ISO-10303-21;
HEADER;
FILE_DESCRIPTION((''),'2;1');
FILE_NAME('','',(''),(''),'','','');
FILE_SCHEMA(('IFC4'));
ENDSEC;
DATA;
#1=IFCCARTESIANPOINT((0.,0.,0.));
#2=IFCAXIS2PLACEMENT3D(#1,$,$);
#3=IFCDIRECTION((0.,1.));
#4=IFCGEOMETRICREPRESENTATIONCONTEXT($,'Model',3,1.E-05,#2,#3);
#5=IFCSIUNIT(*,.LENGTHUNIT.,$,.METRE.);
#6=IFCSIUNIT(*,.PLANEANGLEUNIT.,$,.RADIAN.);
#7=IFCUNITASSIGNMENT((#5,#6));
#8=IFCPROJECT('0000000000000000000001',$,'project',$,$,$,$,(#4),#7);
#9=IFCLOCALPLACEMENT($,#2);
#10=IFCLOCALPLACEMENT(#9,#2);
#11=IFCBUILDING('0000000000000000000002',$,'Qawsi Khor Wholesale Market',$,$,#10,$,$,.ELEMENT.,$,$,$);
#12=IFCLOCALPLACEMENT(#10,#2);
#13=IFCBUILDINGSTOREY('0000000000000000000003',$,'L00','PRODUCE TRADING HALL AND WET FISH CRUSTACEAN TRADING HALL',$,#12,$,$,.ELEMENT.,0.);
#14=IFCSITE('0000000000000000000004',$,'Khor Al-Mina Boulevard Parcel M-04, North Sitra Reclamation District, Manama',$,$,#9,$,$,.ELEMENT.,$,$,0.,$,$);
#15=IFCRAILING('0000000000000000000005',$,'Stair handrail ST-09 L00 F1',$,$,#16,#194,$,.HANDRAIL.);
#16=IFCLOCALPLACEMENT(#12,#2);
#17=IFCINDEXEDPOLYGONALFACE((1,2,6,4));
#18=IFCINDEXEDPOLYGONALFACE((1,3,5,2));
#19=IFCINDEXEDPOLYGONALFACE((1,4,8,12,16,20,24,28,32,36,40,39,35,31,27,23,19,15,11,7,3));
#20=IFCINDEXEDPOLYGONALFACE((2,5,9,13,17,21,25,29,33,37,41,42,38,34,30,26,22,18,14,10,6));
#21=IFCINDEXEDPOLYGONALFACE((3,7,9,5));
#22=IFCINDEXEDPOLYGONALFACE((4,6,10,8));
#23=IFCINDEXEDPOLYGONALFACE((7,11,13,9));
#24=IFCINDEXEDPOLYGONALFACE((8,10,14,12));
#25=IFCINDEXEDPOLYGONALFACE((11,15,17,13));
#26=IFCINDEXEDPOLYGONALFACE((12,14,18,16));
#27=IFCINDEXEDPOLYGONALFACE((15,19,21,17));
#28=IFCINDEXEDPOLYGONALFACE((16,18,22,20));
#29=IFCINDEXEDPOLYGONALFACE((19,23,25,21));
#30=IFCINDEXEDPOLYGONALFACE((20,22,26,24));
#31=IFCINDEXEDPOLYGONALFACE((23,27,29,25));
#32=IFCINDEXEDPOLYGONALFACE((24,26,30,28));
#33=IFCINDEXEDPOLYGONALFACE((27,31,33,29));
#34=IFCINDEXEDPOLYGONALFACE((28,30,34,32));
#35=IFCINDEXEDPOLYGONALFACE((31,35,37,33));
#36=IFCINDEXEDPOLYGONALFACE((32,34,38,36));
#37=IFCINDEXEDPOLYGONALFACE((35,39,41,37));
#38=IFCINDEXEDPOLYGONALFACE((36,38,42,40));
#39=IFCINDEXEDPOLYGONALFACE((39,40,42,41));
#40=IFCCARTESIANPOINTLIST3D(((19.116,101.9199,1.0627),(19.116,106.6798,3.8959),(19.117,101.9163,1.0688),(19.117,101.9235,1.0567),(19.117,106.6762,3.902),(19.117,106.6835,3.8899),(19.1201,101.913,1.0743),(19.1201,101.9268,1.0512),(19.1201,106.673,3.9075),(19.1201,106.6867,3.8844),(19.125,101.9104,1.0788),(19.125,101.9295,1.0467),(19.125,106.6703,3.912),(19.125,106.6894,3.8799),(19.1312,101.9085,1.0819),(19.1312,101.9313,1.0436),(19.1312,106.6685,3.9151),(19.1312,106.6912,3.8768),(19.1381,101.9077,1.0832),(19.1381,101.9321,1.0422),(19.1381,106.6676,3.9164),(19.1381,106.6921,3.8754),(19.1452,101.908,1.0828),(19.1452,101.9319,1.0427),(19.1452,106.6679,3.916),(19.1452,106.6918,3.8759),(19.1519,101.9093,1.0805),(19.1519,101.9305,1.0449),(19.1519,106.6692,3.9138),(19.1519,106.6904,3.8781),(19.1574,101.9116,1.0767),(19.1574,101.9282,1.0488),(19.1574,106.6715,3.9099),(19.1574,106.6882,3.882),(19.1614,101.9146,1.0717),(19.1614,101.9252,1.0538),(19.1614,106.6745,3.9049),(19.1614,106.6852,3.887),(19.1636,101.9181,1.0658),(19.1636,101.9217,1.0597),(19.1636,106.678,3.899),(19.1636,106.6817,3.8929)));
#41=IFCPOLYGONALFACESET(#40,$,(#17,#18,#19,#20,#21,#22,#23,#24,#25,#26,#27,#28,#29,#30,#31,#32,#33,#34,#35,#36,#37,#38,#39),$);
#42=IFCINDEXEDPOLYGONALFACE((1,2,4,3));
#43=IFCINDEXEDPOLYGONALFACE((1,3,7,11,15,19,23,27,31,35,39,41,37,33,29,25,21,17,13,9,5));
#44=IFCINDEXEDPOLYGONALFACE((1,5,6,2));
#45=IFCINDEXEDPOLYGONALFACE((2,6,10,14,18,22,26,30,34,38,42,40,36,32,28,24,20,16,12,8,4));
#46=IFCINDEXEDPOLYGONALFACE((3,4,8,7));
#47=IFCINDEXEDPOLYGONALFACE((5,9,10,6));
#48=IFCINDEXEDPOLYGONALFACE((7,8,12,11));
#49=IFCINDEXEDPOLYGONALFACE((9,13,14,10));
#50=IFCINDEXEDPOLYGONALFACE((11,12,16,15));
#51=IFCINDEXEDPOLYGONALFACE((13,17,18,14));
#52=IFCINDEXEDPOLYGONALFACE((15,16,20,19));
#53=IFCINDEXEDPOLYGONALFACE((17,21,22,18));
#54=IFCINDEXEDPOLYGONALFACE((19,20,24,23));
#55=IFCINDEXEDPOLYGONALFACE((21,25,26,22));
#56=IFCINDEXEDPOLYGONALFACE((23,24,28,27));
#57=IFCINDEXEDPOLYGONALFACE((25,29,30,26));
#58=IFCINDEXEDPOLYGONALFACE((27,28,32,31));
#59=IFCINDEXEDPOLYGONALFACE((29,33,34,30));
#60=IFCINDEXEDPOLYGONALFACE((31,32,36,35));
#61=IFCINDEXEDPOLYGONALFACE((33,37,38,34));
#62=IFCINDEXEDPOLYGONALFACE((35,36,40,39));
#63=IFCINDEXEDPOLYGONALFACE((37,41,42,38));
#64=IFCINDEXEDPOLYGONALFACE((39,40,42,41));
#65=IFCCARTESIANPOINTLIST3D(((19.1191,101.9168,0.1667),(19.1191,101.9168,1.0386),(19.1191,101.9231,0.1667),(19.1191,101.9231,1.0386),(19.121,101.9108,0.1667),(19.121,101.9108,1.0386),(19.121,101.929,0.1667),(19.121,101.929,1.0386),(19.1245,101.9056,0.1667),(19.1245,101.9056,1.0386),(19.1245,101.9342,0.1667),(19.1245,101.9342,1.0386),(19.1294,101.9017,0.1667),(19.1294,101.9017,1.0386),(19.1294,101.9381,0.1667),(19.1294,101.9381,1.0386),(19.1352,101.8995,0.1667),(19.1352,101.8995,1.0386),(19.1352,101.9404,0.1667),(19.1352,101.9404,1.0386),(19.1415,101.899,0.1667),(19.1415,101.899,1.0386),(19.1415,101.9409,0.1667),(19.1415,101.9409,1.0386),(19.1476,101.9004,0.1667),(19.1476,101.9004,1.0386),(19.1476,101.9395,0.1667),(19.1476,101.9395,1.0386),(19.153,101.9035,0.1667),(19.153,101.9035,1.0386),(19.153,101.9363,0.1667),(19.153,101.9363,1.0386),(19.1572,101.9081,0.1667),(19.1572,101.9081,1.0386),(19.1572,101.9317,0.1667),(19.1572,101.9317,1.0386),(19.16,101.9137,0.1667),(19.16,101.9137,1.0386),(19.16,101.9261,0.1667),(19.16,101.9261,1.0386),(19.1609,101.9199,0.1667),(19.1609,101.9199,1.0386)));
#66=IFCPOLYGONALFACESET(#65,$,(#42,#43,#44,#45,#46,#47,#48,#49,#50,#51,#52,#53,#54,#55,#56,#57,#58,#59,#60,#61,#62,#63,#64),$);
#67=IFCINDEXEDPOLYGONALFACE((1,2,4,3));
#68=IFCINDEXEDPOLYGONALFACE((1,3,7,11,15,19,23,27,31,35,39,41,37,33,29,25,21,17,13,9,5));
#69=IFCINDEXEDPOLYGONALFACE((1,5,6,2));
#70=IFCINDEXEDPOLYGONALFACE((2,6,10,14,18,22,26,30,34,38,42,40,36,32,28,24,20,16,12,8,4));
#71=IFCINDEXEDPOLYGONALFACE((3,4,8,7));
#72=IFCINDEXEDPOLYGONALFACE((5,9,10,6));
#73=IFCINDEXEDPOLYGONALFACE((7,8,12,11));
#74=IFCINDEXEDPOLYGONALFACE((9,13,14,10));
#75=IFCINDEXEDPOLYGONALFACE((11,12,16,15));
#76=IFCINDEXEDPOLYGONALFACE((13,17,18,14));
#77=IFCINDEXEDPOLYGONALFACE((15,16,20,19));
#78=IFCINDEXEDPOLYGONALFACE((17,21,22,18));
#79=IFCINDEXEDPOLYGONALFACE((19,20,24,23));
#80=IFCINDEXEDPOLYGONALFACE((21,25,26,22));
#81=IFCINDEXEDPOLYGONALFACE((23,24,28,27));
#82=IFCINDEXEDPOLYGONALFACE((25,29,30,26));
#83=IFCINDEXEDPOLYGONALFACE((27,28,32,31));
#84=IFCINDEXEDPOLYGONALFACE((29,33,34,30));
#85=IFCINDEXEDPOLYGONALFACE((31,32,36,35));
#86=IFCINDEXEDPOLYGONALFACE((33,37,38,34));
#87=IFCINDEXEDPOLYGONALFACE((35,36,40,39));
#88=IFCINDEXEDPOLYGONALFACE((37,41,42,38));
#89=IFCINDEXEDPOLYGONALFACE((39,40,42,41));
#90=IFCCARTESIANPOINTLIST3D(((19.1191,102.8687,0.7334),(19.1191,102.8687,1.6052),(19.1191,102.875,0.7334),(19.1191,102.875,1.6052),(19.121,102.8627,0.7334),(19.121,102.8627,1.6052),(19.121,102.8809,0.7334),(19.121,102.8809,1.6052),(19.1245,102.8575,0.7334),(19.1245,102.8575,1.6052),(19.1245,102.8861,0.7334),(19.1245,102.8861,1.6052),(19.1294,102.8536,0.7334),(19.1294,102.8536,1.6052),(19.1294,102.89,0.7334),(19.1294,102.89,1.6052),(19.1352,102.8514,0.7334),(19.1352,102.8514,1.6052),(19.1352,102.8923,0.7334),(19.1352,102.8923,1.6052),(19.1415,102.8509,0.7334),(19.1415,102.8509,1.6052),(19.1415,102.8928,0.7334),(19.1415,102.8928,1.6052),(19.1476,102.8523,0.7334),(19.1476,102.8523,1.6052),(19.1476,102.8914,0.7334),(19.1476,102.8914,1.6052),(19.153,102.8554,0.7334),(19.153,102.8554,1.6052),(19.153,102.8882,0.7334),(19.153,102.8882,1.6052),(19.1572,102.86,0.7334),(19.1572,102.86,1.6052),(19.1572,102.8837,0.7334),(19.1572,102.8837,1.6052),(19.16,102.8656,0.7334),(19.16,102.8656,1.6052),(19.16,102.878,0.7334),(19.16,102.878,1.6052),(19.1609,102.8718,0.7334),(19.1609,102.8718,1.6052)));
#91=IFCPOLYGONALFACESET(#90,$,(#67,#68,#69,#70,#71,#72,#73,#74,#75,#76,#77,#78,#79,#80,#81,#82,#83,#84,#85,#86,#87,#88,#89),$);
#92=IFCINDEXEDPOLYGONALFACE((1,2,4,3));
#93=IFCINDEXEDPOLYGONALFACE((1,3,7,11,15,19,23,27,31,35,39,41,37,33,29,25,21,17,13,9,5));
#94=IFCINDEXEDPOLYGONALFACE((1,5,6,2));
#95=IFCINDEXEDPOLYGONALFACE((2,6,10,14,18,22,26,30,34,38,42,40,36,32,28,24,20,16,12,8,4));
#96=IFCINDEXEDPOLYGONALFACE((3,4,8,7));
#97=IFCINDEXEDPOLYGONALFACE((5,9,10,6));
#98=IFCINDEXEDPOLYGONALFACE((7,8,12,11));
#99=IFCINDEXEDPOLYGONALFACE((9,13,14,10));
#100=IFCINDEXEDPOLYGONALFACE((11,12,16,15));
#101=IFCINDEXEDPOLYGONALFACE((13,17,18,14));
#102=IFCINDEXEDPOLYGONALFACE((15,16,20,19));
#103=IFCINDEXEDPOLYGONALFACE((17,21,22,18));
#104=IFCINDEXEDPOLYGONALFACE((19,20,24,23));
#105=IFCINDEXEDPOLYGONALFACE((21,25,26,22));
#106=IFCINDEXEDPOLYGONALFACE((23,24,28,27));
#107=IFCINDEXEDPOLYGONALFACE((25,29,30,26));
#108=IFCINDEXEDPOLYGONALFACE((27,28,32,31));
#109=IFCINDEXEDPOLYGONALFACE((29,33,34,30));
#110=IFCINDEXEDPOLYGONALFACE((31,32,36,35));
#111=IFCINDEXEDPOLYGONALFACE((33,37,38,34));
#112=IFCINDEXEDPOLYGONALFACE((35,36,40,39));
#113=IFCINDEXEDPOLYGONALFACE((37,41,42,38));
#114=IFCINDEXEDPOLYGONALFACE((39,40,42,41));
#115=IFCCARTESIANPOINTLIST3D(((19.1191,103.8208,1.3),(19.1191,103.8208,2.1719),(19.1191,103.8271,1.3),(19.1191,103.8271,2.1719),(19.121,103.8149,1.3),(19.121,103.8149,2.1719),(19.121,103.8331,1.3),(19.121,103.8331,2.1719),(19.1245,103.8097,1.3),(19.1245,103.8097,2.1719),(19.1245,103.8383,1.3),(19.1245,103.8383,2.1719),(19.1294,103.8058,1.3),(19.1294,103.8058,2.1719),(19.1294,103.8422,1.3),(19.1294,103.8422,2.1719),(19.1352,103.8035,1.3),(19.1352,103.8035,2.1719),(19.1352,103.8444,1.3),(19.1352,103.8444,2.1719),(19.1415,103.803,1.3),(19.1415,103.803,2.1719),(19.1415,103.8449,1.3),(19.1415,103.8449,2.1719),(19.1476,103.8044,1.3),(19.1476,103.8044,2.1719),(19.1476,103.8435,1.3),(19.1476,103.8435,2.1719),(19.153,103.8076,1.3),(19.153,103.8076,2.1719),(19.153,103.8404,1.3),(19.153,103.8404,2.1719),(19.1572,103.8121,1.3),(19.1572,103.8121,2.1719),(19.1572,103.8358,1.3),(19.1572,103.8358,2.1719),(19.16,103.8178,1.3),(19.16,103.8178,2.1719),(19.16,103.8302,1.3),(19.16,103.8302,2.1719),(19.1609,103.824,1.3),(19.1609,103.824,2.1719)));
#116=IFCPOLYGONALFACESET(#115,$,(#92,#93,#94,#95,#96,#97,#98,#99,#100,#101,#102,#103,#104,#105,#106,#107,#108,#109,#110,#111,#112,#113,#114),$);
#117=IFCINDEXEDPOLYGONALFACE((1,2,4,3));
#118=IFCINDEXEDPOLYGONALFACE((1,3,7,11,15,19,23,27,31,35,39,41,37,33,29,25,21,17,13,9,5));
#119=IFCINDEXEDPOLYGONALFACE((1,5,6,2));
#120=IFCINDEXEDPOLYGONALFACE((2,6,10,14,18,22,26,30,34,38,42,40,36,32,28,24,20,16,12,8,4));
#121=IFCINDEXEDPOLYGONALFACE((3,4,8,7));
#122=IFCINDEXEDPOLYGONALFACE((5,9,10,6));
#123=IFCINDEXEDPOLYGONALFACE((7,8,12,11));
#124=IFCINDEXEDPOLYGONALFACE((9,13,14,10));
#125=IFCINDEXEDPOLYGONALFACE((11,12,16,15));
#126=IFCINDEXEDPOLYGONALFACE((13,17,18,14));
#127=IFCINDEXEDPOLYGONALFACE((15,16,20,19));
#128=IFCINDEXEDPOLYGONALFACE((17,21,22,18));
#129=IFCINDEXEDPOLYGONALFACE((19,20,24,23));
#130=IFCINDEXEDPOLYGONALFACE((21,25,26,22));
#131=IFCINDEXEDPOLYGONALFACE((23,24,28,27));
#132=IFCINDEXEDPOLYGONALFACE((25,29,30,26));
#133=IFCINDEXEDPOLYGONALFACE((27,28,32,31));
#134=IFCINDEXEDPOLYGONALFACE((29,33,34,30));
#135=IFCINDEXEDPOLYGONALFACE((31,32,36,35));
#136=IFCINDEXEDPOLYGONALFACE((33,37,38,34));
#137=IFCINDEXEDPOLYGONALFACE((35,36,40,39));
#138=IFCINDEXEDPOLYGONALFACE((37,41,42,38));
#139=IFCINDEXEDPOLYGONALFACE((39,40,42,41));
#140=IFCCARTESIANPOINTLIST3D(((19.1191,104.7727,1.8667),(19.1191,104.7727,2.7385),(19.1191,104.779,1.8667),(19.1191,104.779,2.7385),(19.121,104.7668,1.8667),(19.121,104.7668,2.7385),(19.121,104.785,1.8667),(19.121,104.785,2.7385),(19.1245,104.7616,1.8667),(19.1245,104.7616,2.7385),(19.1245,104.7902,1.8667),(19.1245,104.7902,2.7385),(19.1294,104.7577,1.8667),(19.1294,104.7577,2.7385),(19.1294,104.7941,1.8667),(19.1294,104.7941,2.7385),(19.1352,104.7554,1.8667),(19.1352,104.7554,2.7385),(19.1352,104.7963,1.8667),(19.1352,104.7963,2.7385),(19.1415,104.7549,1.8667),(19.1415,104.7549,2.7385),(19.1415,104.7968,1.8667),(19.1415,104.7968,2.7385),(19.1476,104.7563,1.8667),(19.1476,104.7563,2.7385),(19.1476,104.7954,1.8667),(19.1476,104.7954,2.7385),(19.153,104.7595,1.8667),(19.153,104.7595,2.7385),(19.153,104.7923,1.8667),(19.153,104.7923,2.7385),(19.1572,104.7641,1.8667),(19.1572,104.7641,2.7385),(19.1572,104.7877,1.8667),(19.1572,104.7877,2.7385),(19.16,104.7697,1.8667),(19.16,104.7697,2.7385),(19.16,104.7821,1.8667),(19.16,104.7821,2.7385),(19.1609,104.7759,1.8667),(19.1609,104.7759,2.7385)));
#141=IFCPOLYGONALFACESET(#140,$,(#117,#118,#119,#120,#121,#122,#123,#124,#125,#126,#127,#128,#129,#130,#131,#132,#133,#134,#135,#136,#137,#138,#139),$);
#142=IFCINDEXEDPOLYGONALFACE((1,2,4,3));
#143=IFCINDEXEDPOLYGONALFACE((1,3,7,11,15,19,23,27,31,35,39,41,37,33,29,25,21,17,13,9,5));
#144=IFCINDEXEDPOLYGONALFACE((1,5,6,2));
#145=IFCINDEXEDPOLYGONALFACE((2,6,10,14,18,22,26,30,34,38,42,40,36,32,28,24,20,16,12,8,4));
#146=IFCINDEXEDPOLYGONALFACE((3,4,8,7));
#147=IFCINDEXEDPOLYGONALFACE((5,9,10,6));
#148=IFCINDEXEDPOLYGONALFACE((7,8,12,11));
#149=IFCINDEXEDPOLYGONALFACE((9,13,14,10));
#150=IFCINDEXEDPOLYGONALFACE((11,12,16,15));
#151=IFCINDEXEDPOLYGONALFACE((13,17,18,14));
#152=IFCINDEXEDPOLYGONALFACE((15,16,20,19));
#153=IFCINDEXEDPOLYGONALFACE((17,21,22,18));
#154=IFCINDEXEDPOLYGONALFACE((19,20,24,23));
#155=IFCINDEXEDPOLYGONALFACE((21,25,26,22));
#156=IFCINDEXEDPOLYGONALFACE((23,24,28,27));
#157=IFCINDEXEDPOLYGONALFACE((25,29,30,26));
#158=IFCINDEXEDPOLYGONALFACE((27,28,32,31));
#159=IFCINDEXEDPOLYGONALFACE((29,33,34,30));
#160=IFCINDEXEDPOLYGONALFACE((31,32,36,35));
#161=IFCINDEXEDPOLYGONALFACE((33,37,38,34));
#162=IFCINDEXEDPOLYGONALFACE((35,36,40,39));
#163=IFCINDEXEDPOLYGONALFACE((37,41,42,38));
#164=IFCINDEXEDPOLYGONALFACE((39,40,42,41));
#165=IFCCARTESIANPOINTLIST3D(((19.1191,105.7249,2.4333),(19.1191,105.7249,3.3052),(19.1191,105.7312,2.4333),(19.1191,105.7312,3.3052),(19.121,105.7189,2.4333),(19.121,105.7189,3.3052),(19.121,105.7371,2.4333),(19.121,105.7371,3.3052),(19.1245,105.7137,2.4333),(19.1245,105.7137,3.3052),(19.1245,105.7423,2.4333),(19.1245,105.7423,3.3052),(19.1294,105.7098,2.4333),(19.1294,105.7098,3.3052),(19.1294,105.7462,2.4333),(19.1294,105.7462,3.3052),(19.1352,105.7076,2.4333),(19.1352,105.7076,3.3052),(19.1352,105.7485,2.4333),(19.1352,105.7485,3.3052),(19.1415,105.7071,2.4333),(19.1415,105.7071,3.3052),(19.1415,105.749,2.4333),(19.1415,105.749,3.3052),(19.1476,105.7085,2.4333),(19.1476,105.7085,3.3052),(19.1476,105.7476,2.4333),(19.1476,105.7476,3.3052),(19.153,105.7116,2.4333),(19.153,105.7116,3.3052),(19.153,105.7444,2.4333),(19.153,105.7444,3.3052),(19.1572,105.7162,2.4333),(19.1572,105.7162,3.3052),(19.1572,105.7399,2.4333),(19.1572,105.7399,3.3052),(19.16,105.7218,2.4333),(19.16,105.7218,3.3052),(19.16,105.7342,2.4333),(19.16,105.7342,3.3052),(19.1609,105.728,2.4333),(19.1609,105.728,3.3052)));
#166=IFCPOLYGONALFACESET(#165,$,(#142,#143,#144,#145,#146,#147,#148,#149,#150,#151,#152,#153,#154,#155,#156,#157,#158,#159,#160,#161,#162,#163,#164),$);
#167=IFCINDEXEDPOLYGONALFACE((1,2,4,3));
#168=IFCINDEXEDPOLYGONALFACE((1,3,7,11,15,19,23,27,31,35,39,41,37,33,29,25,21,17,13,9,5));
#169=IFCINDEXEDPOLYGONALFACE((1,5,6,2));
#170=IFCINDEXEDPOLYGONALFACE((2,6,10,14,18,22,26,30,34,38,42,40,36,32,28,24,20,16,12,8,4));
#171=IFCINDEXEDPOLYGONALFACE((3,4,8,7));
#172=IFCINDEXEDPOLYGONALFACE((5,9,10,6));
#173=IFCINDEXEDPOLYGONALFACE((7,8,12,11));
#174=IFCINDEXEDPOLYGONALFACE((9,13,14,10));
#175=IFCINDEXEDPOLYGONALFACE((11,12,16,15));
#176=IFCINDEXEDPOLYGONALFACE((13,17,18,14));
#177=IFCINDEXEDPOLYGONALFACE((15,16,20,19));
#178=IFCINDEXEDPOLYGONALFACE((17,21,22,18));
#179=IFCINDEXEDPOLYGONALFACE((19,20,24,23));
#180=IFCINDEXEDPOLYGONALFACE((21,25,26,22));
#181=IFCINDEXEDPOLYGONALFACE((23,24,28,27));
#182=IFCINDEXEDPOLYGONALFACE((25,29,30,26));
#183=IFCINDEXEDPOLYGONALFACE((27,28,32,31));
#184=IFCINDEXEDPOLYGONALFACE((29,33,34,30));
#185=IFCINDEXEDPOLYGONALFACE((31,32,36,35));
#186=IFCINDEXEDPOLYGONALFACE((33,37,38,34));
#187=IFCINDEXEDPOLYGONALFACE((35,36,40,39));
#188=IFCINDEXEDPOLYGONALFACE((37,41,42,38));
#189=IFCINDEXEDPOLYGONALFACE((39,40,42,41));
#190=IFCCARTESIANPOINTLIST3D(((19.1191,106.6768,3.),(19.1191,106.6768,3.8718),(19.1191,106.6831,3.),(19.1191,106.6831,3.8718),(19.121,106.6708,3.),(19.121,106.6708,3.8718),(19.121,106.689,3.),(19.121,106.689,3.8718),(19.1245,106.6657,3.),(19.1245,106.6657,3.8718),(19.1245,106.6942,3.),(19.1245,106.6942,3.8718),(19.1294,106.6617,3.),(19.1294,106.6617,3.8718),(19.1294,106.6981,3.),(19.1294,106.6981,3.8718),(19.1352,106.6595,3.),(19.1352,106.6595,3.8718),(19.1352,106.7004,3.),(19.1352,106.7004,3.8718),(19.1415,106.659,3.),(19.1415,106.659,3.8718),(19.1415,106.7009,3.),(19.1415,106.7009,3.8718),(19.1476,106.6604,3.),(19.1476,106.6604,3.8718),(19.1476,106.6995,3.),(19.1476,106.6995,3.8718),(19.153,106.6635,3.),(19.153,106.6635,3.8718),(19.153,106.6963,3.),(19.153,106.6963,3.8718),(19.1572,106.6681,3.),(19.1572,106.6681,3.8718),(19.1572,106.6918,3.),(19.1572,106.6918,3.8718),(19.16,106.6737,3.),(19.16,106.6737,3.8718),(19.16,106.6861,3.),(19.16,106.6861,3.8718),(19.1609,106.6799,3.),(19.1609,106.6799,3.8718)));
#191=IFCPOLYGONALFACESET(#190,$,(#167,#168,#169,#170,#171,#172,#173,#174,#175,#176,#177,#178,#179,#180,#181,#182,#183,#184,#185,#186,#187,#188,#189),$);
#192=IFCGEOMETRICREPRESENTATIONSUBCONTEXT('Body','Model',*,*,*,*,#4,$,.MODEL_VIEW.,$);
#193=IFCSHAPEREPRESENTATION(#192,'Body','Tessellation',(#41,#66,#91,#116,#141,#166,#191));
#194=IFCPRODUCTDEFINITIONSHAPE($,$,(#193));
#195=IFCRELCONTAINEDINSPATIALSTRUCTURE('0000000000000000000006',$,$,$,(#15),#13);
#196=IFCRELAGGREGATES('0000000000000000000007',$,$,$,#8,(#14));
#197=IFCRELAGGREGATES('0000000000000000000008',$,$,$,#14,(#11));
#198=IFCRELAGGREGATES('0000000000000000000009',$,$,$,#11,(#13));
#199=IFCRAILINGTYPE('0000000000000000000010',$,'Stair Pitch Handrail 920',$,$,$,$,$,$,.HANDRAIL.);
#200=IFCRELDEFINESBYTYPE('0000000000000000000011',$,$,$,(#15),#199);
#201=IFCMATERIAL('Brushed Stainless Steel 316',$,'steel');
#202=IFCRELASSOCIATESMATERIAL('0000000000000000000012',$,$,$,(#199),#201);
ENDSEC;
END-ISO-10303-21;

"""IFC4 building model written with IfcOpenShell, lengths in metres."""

from ifc_helpers import new_model, si_unit, direction, frame, origin, origin_2d, place, context, subcontext, project, spatial, circle, extrude, material, type_object, element, save


model = new_model("IFC4")

# Units and contexts
model_context = context("Model", 3, precision=1e-05, world=origin(), true_north=direction((0.0, 1.0)))
body_context = subcontext(model_context, "Body", "Model", "MODEL_VIEW")
ifc_project = project(units=[si_unit("LENGTHUNIT", "METRE"), si_unit("PLANEANGLEUNIT", "RADIAN")], contexts=[model_context])

# Site, building, storey
site_placement = place(None, origin())
site = spatial("IfcSite", under=ifc_project, at=site_placement, Name="Khor Al-Mina Boulevard Parcel M-04, North Sitra Reclamation District, Manama", CompositionType="ELEMENT", RefElevation=0.0)
building_placement = place(site_placement, origin())
building = spatial("IfcBuilding", under=site, at=building_placement, Name="Qawsi Khor Wholesale Market", CompositionType="ELEMENT")
storey_placement = place(building_placement, origin())
storey = spatial("IfcBuildingStorey", under=building, at=storey_placement, Name="L00", Description="PRODUCE TRADING HALL AND WET FISH CRUSTACEAN TRADING HALL", CompositionType="ELEMENT", Elevation=0.0)

# Railing
ifc_material_1 = material(Name="Brushed Stainless Steel 316", Category="steel")
railing_type = type_object("IfcRailingType", Name="Stair Pitch Handrail 920", PredefinedType="HANDRAIL", material=ifc_material_1)
railing_1_placement = place(storey_placement, frame((19.1399, 101.9199, 0.1667)))
element("IfcRailing", 1, at=railing_1_placement, inside=storey, type_object=railing_type, Name="Stair handrail ST-09 L00 F1", PredefinedType="HANDRAIL", context=body_context, shape_type="SweptSolid", body=[
    extrude(circle(Radius=0.0239, at=origin_2d()), frame((0.0, 0.0, 0.896), z_axis=(0.0, 0.8593, 0.511472), x_axis=(-1.0, 0.0, 0.0)), (0.0, 0.0, 1.0), 5.5393),
    extrude(circle(Radius=0.021, at=origin_2d()), origin(), (0.0, 0.0, 1.0), 0.8718),
    extrude(circle(Radius=0.021, at=origin_2d()), frame((0.0, 0.9519, 0.5667)), (0.0, 0.0, 1.0), 0.8718),
    extrude(circle(Radius=0.021, at=origin_2d()), frame((0.0, 1.9041, 1.1333)), (0.0, 0.0, 1.0), 0.8718),
    extrude(circle(Radius=0.021, at=origin_2d()), frame((0.0, 2.856, 1.7)), (0.0, 0.0, 1.0), 0.8718),
    extrude(circle(Radius=0.021, at=origin_2d()), frame((0.0, 3.8081, 2.2666)), (0.0, 0.0, 1.0), 0.8718),
    extrude(circle(Radius=0.021, at=origin_2d()), frame((0.0, 4.76, 2.8333)), (0.0, 0.0, 1.0), 0.8718),
])

save(model, "model.ifc")
